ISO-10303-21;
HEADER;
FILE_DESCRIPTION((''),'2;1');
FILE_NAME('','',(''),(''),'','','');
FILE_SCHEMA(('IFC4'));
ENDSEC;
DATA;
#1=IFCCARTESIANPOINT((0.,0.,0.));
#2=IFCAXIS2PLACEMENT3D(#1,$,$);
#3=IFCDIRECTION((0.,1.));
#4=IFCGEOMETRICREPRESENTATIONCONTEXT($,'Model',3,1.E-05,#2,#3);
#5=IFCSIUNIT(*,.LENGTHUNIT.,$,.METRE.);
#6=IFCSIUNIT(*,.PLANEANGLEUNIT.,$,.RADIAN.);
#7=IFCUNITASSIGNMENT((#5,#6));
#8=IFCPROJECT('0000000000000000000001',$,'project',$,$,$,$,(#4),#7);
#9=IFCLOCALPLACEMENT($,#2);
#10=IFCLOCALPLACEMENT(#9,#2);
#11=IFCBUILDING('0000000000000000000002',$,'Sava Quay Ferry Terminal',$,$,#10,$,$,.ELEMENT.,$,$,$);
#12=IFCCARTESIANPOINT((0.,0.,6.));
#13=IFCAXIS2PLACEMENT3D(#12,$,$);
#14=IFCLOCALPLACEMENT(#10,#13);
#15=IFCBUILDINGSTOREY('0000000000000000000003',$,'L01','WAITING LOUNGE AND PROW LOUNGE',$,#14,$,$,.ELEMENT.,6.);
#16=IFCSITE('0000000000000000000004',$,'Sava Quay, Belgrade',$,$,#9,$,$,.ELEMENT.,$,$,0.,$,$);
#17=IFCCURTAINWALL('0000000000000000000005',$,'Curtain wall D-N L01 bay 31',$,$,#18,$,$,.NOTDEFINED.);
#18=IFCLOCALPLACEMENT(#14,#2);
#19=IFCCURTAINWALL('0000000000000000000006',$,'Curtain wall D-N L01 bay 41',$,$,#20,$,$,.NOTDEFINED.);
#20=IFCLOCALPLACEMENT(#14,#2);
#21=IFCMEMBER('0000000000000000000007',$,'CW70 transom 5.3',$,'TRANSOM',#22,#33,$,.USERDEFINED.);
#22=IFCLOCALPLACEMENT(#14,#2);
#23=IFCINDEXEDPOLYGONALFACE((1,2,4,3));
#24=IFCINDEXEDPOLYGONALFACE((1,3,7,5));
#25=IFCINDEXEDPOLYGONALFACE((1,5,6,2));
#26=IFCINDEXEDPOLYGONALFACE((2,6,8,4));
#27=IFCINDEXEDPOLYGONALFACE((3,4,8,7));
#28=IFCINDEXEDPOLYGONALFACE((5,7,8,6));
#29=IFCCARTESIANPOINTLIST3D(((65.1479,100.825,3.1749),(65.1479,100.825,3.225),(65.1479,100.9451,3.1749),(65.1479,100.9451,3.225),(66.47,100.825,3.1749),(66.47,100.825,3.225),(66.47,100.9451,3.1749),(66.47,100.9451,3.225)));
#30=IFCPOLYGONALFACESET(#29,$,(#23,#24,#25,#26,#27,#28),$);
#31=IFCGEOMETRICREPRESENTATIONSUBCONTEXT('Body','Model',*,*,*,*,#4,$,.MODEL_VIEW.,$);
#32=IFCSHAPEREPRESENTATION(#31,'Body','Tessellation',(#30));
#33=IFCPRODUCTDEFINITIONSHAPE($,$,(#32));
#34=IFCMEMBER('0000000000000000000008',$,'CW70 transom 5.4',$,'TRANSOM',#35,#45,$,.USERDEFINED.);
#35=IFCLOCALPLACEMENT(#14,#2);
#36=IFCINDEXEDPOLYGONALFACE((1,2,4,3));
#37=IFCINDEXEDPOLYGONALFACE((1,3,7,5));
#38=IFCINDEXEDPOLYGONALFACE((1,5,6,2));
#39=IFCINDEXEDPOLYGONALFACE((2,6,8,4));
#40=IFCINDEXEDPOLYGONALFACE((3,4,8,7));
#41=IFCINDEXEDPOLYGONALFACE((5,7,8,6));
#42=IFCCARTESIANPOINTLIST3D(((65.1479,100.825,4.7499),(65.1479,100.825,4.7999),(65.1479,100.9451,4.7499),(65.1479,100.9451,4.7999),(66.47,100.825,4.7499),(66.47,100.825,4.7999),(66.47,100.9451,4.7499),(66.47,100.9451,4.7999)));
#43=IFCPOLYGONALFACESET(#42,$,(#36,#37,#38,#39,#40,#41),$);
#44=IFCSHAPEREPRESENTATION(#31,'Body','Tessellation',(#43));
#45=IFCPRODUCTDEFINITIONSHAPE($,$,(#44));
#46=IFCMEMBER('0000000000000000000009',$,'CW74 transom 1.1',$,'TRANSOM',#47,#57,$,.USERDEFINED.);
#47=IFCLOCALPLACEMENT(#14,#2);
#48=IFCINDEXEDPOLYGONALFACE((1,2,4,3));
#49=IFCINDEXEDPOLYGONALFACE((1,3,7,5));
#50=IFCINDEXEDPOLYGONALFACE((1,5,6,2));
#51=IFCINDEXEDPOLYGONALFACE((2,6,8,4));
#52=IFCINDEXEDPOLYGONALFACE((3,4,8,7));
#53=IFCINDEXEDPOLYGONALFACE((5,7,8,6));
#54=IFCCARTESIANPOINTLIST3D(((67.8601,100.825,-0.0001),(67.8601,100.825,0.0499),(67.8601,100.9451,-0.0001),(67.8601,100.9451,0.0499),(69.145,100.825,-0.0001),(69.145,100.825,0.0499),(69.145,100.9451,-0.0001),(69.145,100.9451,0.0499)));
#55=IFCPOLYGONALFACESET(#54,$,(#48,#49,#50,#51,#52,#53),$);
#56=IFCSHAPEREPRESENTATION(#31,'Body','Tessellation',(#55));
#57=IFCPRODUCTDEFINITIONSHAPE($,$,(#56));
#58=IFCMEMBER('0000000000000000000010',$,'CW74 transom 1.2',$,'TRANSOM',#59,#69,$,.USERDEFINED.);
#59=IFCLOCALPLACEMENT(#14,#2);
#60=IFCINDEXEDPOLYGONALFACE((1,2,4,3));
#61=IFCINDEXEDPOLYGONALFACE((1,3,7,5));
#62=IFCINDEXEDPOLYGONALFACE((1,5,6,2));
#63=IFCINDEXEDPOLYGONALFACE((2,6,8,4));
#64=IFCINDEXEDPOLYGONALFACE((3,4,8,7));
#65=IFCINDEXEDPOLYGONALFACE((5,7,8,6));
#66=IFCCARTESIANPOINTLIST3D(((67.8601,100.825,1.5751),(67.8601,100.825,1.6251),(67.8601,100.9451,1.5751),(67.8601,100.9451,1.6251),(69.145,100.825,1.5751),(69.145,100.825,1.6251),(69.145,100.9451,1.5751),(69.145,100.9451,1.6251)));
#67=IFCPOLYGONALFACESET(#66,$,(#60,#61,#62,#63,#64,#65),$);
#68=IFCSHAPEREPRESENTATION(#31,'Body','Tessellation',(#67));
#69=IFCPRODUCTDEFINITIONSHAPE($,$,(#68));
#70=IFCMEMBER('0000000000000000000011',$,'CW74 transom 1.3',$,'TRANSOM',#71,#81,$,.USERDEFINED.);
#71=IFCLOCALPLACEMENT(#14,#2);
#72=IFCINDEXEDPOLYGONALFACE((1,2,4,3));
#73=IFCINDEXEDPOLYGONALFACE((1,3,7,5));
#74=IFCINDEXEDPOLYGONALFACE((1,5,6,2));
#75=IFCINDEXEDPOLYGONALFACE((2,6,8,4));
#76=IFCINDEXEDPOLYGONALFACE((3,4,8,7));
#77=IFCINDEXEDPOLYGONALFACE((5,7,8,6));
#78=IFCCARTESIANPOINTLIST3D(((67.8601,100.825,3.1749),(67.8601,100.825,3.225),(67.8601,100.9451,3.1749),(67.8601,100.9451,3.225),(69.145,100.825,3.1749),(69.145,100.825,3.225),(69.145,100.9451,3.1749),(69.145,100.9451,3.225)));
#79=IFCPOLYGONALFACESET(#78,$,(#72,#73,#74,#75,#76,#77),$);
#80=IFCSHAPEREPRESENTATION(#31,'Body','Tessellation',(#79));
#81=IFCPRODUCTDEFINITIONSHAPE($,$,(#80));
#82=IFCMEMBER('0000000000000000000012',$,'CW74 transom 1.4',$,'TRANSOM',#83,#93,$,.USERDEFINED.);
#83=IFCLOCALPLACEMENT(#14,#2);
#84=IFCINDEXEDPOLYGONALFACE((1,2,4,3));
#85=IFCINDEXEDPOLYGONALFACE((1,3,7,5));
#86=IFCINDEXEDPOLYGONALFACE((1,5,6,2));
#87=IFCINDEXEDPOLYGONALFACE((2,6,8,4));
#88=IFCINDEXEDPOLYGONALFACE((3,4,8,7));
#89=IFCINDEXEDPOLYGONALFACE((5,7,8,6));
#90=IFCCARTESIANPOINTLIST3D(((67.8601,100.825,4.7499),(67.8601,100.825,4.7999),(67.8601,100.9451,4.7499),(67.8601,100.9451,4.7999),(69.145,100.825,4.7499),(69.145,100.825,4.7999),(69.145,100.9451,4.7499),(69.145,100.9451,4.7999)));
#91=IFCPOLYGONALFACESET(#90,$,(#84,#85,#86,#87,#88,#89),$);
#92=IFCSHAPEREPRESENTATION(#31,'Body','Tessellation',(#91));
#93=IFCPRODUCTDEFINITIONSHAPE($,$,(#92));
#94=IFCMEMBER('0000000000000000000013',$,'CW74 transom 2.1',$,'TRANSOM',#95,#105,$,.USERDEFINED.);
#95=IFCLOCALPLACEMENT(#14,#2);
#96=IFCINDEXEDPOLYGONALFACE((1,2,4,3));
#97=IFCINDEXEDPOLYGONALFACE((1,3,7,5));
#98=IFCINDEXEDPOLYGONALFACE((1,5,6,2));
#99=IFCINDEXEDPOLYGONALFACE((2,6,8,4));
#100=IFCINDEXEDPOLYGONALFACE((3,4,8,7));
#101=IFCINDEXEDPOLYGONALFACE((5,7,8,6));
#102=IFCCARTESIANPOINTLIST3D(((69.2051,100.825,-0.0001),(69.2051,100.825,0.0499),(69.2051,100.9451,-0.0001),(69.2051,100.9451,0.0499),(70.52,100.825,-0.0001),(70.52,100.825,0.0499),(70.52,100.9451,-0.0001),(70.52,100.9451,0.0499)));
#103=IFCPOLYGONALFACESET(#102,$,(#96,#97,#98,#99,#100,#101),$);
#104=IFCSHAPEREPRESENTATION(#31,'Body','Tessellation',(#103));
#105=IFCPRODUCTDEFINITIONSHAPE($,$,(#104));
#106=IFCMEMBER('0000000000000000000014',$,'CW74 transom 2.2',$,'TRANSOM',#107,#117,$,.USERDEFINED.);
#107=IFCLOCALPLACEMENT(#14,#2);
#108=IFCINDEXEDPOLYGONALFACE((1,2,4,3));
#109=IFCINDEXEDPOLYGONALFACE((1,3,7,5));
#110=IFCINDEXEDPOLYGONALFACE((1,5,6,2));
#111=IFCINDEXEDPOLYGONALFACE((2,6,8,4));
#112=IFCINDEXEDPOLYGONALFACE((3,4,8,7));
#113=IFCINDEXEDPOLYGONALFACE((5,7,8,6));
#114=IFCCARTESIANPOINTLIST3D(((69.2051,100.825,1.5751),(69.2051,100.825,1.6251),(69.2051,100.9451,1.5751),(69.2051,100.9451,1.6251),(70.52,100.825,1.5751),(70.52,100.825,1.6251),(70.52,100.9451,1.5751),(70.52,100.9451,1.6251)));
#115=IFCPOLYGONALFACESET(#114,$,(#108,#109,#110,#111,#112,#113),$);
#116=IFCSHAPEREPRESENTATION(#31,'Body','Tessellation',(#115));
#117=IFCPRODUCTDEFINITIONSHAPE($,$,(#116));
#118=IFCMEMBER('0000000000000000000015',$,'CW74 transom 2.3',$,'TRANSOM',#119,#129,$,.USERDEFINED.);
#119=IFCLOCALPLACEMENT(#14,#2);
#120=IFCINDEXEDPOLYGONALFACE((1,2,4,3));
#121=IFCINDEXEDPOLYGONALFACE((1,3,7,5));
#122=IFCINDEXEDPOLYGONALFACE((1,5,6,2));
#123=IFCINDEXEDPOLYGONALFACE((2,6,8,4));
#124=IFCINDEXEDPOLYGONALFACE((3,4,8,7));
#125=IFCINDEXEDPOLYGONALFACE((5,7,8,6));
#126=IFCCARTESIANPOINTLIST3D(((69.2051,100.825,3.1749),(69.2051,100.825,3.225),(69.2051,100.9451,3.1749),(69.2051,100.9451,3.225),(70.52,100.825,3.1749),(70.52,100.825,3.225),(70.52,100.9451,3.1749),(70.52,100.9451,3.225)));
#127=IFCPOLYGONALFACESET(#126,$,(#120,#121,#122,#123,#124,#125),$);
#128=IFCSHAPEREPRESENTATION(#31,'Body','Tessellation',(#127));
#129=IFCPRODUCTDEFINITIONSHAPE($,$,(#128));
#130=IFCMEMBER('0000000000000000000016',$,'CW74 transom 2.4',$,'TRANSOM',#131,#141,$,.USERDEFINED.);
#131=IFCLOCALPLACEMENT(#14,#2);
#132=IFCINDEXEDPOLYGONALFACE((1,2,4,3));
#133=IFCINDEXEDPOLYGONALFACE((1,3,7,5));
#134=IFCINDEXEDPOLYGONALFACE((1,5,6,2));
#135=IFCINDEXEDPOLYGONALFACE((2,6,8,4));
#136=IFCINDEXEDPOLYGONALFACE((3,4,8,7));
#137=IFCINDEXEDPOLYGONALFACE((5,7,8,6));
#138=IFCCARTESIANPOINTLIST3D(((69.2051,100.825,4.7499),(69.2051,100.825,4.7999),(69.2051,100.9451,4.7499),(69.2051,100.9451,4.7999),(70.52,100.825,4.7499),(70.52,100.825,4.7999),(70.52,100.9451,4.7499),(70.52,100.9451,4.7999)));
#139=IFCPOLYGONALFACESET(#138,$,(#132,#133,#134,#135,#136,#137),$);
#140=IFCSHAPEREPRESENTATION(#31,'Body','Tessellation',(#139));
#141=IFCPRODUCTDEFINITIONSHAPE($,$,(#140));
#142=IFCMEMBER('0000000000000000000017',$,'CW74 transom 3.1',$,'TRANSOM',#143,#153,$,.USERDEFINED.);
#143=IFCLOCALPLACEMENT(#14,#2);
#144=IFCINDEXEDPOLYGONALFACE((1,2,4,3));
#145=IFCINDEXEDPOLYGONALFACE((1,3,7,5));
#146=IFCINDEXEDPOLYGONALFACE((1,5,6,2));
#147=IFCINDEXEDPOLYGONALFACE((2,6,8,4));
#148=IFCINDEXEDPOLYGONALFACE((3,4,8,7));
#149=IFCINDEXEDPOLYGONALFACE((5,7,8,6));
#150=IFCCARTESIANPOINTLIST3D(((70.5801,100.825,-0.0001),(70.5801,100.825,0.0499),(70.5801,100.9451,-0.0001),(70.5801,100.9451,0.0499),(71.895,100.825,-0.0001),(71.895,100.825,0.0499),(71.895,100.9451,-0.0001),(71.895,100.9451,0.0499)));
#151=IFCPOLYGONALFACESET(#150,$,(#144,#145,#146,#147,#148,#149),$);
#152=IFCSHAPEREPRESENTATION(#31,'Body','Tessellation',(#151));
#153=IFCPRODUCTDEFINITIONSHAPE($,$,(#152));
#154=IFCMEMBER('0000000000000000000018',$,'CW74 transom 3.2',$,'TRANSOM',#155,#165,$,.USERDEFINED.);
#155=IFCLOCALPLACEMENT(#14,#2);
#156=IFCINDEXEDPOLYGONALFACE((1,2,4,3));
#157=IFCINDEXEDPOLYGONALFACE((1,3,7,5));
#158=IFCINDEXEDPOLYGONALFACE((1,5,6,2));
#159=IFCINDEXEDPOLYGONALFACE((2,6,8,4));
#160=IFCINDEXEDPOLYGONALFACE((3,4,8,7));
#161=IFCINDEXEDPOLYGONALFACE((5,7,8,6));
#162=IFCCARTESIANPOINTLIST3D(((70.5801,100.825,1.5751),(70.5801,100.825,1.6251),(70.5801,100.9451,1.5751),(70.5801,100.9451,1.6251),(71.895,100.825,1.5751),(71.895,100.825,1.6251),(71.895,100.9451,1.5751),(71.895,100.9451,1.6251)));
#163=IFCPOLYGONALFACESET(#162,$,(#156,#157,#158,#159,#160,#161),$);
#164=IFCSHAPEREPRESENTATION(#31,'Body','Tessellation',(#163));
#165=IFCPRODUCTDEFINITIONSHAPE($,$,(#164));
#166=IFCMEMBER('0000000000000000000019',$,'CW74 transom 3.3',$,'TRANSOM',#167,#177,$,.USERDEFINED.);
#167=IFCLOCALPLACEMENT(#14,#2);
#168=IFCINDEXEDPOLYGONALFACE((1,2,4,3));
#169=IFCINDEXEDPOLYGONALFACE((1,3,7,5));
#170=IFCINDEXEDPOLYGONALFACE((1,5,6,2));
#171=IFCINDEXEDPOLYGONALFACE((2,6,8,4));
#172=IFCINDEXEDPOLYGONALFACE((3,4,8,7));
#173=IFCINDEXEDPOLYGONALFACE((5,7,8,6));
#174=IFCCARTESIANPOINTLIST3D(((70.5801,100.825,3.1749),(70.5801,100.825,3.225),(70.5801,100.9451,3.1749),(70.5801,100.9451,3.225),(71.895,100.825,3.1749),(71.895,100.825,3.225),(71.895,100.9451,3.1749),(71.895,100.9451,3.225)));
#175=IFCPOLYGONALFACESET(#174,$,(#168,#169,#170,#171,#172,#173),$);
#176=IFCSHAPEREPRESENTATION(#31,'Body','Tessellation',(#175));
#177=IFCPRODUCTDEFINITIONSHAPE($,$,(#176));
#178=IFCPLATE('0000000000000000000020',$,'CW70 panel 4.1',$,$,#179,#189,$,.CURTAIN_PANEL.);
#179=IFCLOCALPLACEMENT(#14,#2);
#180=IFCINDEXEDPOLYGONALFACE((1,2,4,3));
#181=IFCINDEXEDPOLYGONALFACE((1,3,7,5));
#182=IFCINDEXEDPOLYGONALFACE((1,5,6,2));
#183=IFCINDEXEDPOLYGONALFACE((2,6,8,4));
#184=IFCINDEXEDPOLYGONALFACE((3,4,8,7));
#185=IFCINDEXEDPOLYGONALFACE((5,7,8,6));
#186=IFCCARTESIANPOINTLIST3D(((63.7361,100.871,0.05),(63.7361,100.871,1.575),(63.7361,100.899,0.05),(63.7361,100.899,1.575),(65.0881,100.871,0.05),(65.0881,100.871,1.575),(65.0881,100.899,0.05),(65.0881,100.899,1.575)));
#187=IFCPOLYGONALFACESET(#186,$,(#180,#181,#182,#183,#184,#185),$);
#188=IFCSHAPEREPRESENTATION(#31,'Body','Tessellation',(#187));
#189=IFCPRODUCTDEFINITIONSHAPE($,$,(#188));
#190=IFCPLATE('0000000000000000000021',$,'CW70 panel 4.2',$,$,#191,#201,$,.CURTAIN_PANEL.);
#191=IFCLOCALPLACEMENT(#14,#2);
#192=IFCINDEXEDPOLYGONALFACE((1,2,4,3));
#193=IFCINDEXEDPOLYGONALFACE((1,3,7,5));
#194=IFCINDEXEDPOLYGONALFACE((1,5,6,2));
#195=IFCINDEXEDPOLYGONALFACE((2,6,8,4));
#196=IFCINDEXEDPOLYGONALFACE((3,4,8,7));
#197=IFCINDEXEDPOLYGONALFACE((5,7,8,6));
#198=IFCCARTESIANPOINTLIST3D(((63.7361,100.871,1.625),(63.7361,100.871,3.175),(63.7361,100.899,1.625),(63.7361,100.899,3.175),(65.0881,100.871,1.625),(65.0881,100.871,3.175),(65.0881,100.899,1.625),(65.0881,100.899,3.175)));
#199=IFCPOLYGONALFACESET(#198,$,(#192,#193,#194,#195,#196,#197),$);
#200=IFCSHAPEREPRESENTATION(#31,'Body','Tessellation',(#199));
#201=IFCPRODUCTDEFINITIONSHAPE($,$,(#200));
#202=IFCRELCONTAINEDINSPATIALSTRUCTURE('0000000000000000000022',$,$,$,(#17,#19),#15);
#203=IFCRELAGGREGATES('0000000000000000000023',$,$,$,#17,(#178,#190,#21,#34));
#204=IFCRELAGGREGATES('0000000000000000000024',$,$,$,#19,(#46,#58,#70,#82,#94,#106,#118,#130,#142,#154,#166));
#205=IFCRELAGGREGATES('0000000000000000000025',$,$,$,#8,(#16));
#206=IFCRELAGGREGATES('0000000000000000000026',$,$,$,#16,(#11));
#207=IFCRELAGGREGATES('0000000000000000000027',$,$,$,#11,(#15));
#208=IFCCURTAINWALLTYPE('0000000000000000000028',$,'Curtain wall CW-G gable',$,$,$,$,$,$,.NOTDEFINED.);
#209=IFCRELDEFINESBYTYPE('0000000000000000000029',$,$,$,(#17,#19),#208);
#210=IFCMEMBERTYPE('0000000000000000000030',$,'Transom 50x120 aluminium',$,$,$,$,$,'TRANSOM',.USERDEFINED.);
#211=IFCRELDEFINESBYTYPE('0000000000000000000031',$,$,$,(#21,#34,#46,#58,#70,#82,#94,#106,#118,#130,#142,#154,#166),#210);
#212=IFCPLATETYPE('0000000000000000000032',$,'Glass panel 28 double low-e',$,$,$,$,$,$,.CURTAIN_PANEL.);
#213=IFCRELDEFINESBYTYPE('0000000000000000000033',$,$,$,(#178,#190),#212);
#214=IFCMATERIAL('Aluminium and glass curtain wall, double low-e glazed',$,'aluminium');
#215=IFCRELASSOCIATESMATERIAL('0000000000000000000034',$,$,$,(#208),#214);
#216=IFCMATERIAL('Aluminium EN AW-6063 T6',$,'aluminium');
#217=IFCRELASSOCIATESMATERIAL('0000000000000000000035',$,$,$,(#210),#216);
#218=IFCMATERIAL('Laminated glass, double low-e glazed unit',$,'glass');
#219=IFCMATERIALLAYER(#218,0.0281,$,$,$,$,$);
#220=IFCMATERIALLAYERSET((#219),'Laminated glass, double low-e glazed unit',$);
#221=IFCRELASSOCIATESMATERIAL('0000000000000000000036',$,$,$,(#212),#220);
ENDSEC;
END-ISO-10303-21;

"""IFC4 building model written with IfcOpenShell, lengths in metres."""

from ifc_helpers import new_model, si_unit, direction, frame, origin, origin_2d, place, context, subcontext, project, spatial, rectangle, extrude, material, layer, layer_set, material_profile, profile_set, type_object, element, aggregate, save


model = new_model("IFC4")

# Units and contexts
model_context = context("Model", 3, precision=1e-05, world=origin(), true_north=direction((0.0, 1.0)))
body_context = subcontext(model_context, "Body", "Model", "MODEL_VIEW")
ifc_project = project(units=[si_unit("LENGTHUNIT", "METRE"), si_unit("PLANEANGLEUNIT", "RADIAN")], contexts=[model_context])

# Site, building, storey
site_placement = place(None, origin())
site = spatial("IfcSite", under=ifc_project, at=site_placement, Name="Sava Quay, Belgrade", CompositionType="ELEMENT", RefElevation=0.0)
building_placement = place(site_placement, origin())
building = spatial("IfcBuilding", under=site, at=building_placement, Name="Sava Quay Ferry Terminal", CompositionType="ELEMENT")
storey_placement = place(building_placement, frame((0.0, 0.0, 6.0)))
storey = spatial("IfcBuildingStorey", under=building, at=storey_placement, Name="L01", Description="WAITING LOUNGE AND PROW LOUNGE", CompositionType="ELEMENT", Elevation=6.0)

# Curtain walls
ifc_material_1 = material(Name="Aluminium and glass curtain wall, double low-e glazed", Category="aluminium")
curtain_wall_type = type_object("IfcCurtainWallType", Name="Curtain wall CW-G gable", PredefinedType="NOTDEFINED", material=ifc_material_1)
curtain_wall_1_placement = place(storey_placement, origin())
curtain_wall_1 = element("IfcCurtainWall", 1, at=curtain_wall_1_placement, inside=storey, type_object=curtain_wall_type, Name="Curtain wall D-N L01 bay 31", PredefinedType="NOTDEFINED")
curtain_wall_2_placement = place(storey_placement, origin())
curtain_wall_2 = element("IfcCurtainWall", 2, at=curtain_wall_2_placement, inside=storey, type_object=curtain_wall_type, Name="Curtain wall D-N L01 bay 41", PredefinedType="NOTDEFINED")

# Members
ifc_material_2 = material(Name="Aluminium EN AW-6063 T6", Category="aluminium")
ifc_material_profile_1 = material_profile(ifc_material_2, rectangle(XDim=0.1201, YDim=0.05, at=origin_2d()), Name="Transom 50x120 aluminium")
ifc_profile_set_1 = profile_set([ifc_material_profile_1], Name="Aluminium EN AW-6063 T6")
member_type_1 = type_object("IfcMemberType", Name="Transom 50x120 aluminium", ElementType="TRANSOM", PredefinedType="USERDEFINED", material=ifc_profile_set_1)
member_1_placement = place(storey_placement, frame((65.1479, 100.885, 3.2), z_axis=(1.0, 0.0, 0.0), x_axis=(0.0, 1.0, 0.0)))
member_1 = element("IfcMember", 3, at=member_1_placement, type_object=member_type_1, Name="CW70 transom 5.3", ObjectType="TRANSOM", PredefinedType="USERDEFINED", context=body_context, shape_type="SweptSolid", body=[
    extrude(rectangle(XDim=0.1201, YDim=0.05, at=origin_2d()), origin(), (0.0, 0.0, 1.0), 1.322),
])
member_2_placement = place(storey_placement, frame((65.1479, 100.885, 4.7749), z_axis=(1.0, 0.0, 0.0), x_axis=(0.0, 1.0, 0.0)))
member_2 = element("IfcMember", 4, at=member_2_placement, type_object=member_type_1, Name="CW70 transom 5.4", ObjectType="TRANSOM", PredefinedType="USERDEFINED", context=body_context, shape_type="SweptSolid", body=[
    extrude(rectangle(XDim=0.1201, YDim=0.05, at=origin_2d()), origin(), (0.0, 0.0, 1.0), 1.322),
])
member_3_placement = place(storey_placement, frame((67.8601, 100.885, 0.0249), z_axis=(1.0, 0.0, 0.0), x_axis=(0.0, 1.0, 0.0)))
member_3 = element("IfcMember", 5, at=member_3_placement, type_object=member_type_1, Name="CW74 transom 1.1", ObjectType="TRANSOM", PredefinedType="USERDEFINED", context=body_context, shape_type="SweptSolid", body=[
    extrude(rectangle(XDim=0.1201, YDim=0.05, at=origin_2d()), origin(), (0.0, 0.0, 1.0), 1.2849),
])
member_4_placement = place(storey_placement, frame((67.8601, 100.885, 1.6001), z_axis=(1.0, 0.0, 0.0), x_axis=(0.0, 1.0, 0.0)))
member_4 = element("IfcMember", 6, at=member_4_placement, type_object=member_type_1, Name="CW74 transom 1.2", ObjectType="TRANSOM", PredefinedType="USERDEFINED", context=body_context, shape_type="SweptSolid", body=[
    extrude(rectangle(XDim=0.1201, YDim=0.05, at=origin_2d()), origin(), (0.0, 0.0, 1.0), 1.2849),
])
member_5_placement = place(storey_placement, frame((67.8601, 100.885, 3.2), z_axis=(1.0, 0.0, 0.0), x_axis=(0.0, 1.0, 0.0)))
member_5 = element("IfcMember", 7, at=member_5_placement, type_object=member_type_1, Name="CW74 transom 1.3", ObjectType="TRANSOM", PredefinedType="USERDEFINED", context=body_context, shape_type="SweptSolid", body=[
    extrude(rectangle(XDim=0.1201, YDim=0.05, at=origin_2d()), origin(), (0.0, 0.0, 1.0), 1.2849),
])
member_6_placement = place(storey_placement, frame((67.8601, 100.885, 4.7749), z_axis=(1.0, 0.0, 0.0), x_axis=(0.0, 1.0, 0.0)))
member_6 = element("IfcMember", 8, at=member_6_placement, type_object=member_type_1, Name="CW74 transom 1.4", ObjectType="TRANSOM", PredefinedType="USERDEFINED", context=body_context, shape_type="SweptSolid", body=[
    extrude(rectangle(XDim=0.1201, YDim=0.05, at=origin_2d()), origin(), (0.0, 0.0, 1.0), 1.2849),
])
member_7_placement = place(storey_placement, frame((69.2051, 100.885, 0.0249), z_axis=(1.0, 0.0, 0.0), x_axis=(0.0, 1.0, 0.0)))
member_7 = element("IfcMember", 9, at=member_7_placement, type_object=member_type_1, Name="CW74 transom 2.1", ObjectType="TRANSOM", PredefinedType="USERDEFINED", context=body_context, shape_type="SweptSolid", body=[
    extrude(rectangle(XDim=0.1201, YDim=0.05, at=origin_2d()), origin(), (0.0, 0.0, 1.0), 1.3149),
])
member_8_placement = place(storey_placement, frame((69.2051, 100.885, 1.6001), z_axis=(1.0, 0.0, 0.0), x_axis=(0.0, 1.0, 0.0)))
member_8 = element("IfcMember", 10, at=member_8_placement, type_object=member_type_1, Name="CW74 transom 2.2", ObjectType="TRANSOM", PredefinedType="USERDEFINED", context=body_context, shape_type="SweptSolid", body=[
    extrude(rectangle(XDim=0.1201, YDim=0.05, at=origin_2d()), origin(), (0.0, 0.0, 1.0), 1.3149),
])
member_9_placement = place(storey_placement, frame((69.2051, 100.885, 3.2), z_axis=(1.0, 0.0, 0.0), x_axis=(0.0, 1.0, 0.0)))
member_9 = element("IfcMember", 11, at=member_9_placement, type_object=member_type_1, Name="CW74 transom 2.3", ObjectType="TRANSOM", PredefinedType="USERDEFINED", context=body_context, shape_type="SweptSolid", body=[
    extrude(rectangle(XDim=0.1201, YDim=0.05, at=origin_2d()), origin(), (0.0, 0.0, 1.0), 1.3149),
])
member_10_placement = place(storey_placement, frame((69.2051, 100.885, 4.7749), z_axis=(1.0, 0.0, 0.0), x_axis=(0.0, 1.0, 0.0)))
member_10 = element("IfcMember", 12, at=member_10_placement, type_object=member_type_1, Name="CW74 transom 2.4", ObjectType="TRANSOM", PredefinedType="USERDEFINED", context=body_context, shape_type="SweptSolid", body=[
    extrude(rectangle(XDim=0.1201, YDim=0.05, at=origin_2d()), origin(), (0.0, 0.0, 1.0), 1.3149),
])
member_11_placement = place(storey_placement, frame((70.5801, 100.885, 0.0249), z_axis=(1.0, 0.0, 0.0), x_axis=(0.0, 1.0, 0.0)))
member_11 = element("IfcMember", 13, at=member_11_placement, type_object=member_type_1, Name="CW74 transom 3.1", ObjectType="TRANSOM", PredefinedType="USERDEFINED", context=body_context, shape_type="SweptSolid", body=[
    extrude(rectangle(XDim=0.1201, YDim=0.05, at=origin_2d()), origin(), (0.0, 0.0, 1.0), 1.3149),
])
member_12_placement = place(storey_placement, frame((70.5801, 100.885, 1.6001), z_axis=(1.0, 0.0, 0.0), x_axis=(0.0, 1.0, 0.0)))
member_12 = element("IfcMember", 14, at=member_12_placement, type_object=member_type_1, Name="CW74 transom 3.2", ObjectType="TRANSOM", PredefinedType="USERDEFINED", context=body_context, shape_type="SweptSolid", body=[
    extrude(rectangle(XDim=0.1201, YDim=0.05, at=origin_2d()), origin(), (0.0, 0.0, 1.0), 1.3149),
])
member_13_placement = place(storey_placement, frame((70.5801, 100.885, 3.2), z_axis=(1.0, 0.0, 0.0), x_axis=(0.0, 1.0, 0.0)))
member_13 = element("IfcMember", 15, at=member_13_placement, type_object=member_type_1, Name="CW74 transom 3.3", ObjectType="TRANSOM", PredefinedType="USERDEFINED", context=body_context, shape_type="SweptSolid", body=[
    extrude(rectangle(XDim=0.1201, YDim=0.05, at=origin_2d()), origin(), (0.0, 0.0, 1.0), 1.3149),
])

# Plates
ifc_material_3 = material(Name="Laminated glass, double low-e glazed unit", Category="glass")
ifc_layer_1 = layer(ifc_material_3, 0.0281)
ifc_layer_set_1 = layer_set([ifc_layer_1], Name="Laminated glass, double low-e glazed unit")
plate_type = type_object("IfcPlateType", Name="Glass panel 28 double low-e", PredefinedType="CURTAIN_PANEL", material=ifc_layer_set_1)
plate_1_placement = place(storey_placement, frame((64.4121, 100.885, 0.05), z_axis=(0.0, 0.0, 1.0), x_axis=(1.0, 0.0, 0.0)))
plate_1 = element("IfcPlate", 16, at=plate_1_placement, type_object=plate_type, Name="CW70 panel 4.1", PredefinedType="CURTAIN_PANEL", context=body_context, shape_type="SweptSolid", body=[
    extrude(rectangle(XDim=1.3521, YDim=0.0281, at=origin_2d()), origin(), (0.0, 0.0, 1.0), 1.5249),
])
plate_2_placement = place(storey_placement, frame((64.4121, 100.885, 1.625), z_axis=(0.0, 0.0, 1.0), x_axis=(1.0, 0.0, 0.0)))
plate_2 = element("IfcPlate", 17, at=plate_2_placement, type_object=plate_type, Name="CW70 panel 4.2", PredefinedType="CURTAIN_PANEL", context=body_context, shape_type="SweptSolid", body=[
    extrude(rectangle(XDim=1.3521, YDim=0.0281, at=origin_2d()), origin(), (0.0, 0.0, 1.0), 1.55),
])
aggregate(curtain_wall_1, [plate_1, plate_2, member_1, member_2])
aggregate(curtain_wall_2, [member_3, member_4, member_5, member_6, member_7, member_8, member_9, member_10, member_11, member_12, member_13])

save(model, "model.ifc")
